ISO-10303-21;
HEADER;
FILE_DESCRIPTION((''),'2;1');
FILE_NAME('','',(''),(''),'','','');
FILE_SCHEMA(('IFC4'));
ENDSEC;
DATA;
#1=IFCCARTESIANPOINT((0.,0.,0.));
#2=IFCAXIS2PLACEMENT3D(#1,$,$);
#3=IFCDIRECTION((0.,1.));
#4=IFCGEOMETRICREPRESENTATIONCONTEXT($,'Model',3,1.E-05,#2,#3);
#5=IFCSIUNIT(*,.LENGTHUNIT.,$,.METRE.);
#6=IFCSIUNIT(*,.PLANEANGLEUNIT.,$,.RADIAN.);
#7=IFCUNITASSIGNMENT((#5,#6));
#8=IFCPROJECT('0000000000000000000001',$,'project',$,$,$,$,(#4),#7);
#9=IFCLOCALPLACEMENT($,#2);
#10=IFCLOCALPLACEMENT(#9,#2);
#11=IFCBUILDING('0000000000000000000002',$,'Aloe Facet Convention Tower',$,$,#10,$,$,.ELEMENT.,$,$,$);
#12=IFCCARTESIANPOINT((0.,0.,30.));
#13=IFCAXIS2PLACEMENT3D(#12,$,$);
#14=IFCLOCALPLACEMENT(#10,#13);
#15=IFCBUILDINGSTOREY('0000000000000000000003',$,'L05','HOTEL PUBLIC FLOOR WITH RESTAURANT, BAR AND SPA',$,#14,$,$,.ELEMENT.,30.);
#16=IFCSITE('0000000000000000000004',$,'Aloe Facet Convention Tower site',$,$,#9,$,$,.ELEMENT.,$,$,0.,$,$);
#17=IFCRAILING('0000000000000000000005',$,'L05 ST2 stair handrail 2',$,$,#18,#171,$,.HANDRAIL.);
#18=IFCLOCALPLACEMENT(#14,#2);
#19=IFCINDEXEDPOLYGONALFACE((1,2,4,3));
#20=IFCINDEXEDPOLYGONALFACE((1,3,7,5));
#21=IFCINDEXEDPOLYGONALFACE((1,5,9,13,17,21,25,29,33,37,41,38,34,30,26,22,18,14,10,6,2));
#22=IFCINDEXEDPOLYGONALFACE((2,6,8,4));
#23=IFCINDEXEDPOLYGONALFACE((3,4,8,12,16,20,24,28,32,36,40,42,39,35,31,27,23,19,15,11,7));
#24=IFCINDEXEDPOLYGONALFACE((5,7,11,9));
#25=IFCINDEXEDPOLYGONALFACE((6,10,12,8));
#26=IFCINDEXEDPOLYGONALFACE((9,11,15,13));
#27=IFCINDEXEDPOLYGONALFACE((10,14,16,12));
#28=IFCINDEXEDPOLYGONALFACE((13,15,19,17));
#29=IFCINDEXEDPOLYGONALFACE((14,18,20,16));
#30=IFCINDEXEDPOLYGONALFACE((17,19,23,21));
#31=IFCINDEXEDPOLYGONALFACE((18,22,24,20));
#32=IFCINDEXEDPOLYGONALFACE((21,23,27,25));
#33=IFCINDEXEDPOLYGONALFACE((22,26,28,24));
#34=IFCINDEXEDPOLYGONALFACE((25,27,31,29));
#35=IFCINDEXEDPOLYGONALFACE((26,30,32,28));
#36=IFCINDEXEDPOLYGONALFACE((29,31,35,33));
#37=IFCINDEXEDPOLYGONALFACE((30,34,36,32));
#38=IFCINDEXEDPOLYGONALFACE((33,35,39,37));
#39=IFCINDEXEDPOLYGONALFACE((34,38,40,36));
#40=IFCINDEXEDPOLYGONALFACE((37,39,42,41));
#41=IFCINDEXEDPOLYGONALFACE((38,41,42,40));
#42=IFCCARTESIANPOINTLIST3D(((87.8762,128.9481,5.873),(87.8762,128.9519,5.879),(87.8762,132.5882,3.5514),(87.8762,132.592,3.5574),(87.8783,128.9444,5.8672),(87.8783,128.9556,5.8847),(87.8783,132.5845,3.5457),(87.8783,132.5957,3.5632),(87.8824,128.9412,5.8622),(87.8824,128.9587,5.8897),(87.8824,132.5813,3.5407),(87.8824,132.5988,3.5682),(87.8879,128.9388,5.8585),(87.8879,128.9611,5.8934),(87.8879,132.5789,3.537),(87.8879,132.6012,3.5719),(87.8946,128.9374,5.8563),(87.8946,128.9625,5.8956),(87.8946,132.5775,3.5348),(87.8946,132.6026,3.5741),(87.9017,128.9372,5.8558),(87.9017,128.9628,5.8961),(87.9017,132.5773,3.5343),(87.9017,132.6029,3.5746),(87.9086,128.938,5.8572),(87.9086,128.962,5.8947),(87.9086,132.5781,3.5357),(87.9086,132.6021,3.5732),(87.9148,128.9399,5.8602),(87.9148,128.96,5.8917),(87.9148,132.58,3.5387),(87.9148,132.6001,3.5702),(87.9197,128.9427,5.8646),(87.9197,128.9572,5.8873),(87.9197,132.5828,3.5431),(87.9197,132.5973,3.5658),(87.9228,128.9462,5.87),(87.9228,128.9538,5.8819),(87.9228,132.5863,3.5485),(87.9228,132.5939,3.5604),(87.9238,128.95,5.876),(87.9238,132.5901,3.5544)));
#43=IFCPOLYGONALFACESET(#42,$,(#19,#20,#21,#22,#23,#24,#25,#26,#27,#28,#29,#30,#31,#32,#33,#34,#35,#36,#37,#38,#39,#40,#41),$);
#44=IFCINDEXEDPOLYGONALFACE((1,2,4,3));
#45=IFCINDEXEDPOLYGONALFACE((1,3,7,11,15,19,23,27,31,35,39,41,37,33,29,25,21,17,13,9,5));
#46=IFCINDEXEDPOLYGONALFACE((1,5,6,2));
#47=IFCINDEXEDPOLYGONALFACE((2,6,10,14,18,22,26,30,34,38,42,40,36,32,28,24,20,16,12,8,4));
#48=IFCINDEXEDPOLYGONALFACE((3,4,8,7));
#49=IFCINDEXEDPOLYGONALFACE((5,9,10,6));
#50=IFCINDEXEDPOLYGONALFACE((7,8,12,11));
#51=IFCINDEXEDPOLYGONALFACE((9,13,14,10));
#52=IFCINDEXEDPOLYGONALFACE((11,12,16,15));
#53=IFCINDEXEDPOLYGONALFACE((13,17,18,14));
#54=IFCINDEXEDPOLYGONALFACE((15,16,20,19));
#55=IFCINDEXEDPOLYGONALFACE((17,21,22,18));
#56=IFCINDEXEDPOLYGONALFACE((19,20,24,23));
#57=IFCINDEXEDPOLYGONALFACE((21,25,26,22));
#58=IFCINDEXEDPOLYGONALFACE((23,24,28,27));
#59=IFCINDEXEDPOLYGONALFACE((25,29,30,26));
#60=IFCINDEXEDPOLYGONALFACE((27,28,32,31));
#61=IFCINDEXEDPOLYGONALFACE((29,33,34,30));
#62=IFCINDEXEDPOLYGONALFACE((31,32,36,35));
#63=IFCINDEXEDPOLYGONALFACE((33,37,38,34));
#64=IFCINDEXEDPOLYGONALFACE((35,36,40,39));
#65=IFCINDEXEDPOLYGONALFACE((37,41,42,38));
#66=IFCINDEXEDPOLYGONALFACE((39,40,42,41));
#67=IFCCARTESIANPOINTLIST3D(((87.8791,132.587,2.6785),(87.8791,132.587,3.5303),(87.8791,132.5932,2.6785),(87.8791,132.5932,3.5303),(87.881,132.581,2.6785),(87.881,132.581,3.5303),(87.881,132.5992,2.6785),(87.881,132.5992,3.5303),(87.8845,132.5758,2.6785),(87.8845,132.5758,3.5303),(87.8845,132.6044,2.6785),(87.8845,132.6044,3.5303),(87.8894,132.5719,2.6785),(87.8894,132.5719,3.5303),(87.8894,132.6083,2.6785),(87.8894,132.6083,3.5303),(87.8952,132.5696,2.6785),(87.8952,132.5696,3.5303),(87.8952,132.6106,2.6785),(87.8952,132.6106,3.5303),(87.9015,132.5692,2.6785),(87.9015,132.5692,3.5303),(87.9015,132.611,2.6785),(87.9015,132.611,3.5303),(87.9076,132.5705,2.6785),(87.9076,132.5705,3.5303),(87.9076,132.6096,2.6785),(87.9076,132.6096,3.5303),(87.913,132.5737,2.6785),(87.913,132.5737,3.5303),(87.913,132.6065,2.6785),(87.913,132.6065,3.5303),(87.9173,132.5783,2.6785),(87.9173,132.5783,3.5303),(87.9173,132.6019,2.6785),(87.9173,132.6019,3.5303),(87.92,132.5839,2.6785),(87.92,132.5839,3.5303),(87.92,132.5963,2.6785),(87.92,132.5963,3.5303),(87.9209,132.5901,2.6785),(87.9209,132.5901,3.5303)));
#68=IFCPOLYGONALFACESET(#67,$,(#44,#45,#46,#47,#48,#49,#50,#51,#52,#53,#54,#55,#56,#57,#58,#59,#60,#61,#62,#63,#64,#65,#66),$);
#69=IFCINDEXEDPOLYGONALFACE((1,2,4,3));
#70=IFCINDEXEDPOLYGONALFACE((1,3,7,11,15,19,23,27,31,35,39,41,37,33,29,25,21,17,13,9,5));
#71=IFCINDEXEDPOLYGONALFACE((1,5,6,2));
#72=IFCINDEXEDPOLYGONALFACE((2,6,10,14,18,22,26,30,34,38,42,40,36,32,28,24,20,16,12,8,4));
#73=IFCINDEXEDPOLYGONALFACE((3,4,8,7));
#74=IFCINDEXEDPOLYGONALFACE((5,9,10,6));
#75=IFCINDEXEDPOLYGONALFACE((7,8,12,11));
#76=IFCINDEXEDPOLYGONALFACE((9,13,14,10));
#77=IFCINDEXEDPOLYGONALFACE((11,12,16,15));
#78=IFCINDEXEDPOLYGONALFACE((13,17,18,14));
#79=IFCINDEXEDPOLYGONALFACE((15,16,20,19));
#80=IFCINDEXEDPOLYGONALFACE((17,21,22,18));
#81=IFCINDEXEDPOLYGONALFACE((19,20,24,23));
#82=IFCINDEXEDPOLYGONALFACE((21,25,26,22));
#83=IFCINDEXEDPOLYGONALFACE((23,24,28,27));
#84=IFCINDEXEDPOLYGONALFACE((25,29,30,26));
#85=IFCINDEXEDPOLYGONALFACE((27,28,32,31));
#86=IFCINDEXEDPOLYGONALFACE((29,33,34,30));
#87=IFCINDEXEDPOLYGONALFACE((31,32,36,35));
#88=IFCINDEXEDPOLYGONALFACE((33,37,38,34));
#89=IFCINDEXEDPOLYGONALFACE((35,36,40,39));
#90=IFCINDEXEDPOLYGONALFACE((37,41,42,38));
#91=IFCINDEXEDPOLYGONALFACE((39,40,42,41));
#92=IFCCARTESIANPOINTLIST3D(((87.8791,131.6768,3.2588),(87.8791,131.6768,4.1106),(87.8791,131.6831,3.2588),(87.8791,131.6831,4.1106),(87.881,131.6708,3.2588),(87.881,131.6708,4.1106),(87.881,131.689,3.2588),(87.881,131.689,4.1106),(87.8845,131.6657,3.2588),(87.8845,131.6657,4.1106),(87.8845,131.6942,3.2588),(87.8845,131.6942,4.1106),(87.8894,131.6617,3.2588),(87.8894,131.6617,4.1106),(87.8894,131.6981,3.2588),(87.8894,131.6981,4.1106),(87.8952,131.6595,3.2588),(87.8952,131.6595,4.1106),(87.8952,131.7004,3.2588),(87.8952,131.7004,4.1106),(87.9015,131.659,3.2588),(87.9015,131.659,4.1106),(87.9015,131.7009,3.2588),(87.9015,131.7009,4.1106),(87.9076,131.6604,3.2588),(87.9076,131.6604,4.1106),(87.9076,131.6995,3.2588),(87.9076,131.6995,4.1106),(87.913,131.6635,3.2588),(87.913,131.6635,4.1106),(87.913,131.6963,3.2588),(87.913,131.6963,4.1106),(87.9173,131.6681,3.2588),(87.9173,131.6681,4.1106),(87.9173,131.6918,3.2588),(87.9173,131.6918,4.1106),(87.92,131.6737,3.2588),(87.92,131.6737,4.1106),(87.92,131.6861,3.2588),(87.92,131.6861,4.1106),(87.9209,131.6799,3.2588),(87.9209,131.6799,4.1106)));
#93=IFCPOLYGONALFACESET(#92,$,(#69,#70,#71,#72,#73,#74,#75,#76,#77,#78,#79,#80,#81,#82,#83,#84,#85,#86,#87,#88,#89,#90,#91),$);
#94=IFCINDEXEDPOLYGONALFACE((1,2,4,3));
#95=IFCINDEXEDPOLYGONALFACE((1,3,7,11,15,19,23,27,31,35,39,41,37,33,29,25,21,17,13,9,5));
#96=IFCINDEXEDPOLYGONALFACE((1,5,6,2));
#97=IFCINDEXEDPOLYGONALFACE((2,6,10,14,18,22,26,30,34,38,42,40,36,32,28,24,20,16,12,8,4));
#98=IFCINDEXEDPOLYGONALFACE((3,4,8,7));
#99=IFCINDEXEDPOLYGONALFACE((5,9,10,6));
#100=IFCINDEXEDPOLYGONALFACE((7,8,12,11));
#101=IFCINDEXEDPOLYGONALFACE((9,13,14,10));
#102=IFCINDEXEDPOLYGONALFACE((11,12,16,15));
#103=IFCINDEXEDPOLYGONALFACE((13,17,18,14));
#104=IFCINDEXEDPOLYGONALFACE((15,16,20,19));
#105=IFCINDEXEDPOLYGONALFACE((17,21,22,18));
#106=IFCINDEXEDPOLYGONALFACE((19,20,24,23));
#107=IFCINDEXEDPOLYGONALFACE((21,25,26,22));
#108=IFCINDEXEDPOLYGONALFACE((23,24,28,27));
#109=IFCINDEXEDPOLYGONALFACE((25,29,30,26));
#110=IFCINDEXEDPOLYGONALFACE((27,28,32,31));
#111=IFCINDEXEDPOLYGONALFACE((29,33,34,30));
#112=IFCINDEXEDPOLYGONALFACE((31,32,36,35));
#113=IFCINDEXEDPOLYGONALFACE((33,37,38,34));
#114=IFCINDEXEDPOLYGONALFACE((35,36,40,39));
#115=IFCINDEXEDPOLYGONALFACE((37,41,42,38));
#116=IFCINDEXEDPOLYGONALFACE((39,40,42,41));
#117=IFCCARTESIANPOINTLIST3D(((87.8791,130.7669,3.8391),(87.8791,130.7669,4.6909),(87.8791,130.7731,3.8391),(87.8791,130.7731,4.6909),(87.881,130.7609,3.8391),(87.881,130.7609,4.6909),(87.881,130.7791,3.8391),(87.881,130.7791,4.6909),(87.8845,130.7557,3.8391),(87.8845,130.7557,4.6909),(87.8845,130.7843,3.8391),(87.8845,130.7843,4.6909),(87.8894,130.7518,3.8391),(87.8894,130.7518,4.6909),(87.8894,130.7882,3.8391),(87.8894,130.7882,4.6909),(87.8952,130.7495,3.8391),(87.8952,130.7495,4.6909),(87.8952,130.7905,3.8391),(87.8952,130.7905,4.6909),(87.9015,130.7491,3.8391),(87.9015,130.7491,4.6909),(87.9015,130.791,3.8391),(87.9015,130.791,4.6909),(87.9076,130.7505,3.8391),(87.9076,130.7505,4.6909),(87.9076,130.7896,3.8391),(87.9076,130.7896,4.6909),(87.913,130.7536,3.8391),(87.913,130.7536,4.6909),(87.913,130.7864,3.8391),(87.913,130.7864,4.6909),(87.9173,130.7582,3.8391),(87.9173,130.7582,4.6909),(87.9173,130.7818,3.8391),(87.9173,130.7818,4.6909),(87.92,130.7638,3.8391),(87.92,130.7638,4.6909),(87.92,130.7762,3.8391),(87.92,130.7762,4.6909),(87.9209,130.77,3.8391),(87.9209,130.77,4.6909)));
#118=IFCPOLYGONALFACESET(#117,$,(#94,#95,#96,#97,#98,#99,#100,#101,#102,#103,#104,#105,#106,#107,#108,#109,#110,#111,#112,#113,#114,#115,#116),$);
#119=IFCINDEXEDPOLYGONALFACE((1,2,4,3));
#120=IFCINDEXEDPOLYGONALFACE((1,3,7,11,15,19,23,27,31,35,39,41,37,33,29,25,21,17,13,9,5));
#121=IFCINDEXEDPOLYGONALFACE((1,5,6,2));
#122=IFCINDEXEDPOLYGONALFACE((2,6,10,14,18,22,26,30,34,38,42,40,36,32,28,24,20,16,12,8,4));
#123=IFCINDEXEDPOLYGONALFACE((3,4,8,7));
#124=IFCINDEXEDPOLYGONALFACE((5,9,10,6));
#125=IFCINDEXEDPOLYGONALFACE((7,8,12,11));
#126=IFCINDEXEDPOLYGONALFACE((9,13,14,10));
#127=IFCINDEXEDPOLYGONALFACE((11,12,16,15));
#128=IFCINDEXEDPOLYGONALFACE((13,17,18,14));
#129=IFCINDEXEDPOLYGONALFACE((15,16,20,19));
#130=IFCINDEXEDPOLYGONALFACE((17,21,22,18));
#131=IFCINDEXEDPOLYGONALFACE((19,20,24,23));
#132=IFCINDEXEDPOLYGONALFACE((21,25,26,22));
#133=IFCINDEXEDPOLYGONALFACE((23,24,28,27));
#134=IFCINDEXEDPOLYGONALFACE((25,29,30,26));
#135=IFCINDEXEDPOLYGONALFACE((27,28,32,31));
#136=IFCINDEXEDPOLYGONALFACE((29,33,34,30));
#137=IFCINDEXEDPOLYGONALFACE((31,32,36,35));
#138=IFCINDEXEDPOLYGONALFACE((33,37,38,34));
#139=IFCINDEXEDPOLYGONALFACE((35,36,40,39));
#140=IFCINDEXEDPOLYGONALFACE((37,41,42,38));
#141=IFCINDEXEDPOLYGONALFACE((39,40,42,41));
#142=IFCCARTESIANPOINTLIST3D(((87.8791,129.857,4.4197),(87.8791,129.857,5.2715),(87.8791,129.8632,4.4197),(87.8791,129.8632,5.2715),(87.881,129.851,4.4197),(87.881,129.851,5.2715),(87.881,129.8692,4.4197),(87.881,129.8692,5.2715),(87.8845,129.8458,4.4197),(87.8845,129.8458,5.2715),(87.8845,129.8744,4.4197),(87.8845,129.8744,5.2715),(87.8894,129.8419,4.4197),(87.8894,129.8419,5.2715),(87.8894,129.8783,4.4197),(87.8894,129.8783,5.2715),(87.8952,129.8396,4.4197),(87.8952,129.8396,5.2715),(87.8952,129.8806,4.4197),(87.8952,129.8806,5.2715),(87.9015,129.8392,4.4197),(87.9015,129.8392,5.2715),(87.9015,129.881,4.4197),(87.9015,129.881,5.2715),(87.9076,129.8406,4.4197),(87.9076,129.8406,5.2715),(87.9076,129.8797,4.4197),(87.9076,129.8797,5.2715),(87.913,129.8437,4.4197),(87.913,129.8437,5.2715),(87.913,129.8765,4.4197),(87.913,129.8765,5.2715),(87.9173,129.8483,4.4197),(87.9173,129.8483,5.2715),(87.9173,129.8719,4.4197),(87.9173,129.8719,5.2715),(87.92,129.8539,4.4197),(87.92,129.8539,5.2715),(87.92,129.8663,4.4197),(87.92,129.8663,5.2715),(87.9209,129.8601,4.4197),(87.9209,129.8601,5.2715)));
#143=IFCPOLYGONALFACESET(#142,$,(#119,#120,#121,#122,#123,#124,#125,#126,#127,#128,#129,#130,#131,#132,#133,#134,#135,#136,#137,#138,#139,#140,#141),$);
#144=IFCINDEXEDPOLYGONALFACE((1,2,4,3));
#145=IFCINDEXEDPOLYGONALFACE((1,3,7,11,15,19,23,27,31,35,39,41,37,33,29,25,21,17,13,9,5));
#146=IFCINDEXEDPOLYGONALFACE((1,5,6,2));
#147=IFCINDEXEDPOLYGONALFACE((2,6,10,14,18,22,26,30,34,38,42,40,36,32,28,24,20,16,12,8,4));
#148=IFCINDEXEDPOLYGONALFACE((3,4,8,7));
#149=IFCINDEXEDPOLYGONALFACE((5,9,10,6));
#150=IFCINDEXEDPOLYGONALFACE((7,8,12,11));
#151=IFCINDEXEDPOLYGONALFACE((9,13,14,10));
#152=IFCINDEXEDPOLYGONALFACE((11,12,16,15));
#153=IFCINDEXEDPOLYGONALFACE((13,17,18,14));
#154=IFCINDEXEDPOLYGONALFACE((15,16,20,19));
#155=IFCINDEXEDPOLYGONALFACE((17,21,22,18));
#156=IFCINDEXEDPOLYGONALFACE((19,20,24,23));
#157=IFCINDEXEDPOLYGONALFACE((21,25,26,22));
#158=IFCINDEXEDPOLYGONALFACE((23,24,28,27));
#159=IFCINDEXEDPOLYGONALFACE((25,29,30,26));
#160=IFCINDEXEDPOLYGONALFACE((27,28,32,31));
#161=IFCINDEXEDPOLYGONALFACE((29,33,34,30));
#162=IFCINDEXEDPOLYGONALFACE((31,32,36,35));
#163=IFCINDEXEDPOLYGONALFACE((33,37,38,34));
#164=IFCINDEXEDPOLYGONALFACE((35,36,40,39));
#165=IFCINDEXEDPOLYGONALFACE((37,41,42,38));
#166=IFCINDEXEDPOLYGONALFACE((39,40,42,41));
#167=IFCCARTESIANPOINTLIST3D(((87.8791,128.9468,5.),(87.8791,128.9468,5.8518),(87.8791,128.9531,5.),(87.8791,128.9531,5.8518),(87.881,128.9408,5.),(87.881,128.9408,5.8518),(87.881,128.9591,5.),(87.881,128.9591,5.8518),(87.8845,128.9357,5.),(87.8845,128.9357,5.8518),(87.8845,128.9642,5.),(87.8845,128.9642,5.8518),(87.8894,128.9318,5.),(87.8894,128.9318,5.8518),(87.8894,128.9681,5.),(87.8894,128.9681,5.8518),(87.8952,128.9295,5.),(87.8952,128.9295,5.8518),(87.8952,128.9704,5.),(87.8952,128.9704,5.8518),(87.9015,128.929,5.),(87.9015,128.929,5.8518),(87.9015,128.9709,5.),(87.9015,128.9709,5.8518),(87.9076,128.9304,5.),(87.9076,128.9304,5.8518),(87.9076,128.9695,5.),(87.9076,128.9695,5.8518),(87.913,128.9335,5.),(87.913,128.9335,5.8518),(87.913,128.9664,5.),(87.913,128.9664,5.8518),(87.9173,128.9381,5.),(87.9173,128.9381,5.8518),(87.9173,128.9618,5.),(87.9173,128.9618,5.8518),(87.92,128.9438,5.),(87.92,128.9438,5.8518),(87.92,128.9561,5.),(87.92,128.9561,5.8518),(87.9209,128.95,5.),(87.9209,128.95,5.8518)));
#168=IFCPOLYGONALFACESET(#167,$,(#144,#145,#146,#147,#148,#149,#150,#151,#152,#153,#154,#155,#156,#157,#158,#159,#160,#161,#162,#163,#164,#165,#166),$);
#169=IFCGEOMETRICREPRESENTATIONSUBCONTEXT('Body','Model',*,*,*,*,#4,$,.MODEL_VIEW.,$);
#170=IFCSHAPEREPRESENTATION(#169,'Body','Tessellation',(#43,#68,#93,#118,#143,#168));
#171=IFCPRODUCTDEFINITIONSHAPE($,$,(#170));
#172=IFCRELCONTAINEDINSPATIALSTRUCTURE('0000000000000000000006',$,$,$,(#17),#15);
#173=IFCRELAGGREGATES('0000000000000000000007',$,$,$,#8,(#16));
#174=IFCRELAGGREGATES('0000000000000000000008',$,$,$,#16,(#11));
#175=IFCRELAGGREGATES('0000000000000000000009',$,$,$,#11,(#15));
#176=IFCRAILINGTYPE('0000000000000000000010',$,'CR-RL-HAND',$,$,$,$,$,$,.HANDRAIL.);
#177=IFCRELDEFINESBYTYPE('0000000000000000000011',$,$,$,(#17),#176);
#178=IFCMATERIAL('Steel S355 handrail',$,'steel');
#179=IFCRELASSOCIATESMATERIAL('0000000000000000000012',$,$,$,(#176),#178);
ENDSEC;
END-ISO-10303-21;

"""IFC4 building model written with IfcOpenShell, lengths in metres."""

from ifc_helpers import new_model, si_unit, direction, frame, origin, origin_2d, place, context, subcontext, project, spatial, circle, extrude, material, type_object, element, save


model = new_model("IFC4")

# Units and contexts
model_context = context("Model", 3, precision=1e-05, world=origin(), true_north=direction((0.0, 1.0)))
body_context = subcontext(model_context, "Body", "Model", "MODEL_VIEW")
ifc_project = project(units=[si_unit("LENGTHUNIT", "METRE"), si_unit("PLANEANGLEUNIT", "RADIAN")], contexts=[model_context])

# Site, building, storey
site_placement = place(None, origin())
site = spatial("IfcSite", under=ifc_project, at=site_placement, Name="Aloe Facet Convention Tower site", CompositionType="ELEMENT", RefElevation=0.0)
building_placement = place(site_placement, origin())
building = spatial("IfcBuilding", under=site, at=building_placement, Name="Aloe Facet Convention Tower", CompositionType="ELEMENT")
storey_placement = place(building_placement, frame((0.0, 0.0, 30.0)))
storey = spatial("IfcBuildingStorey", under=building, at=storey_placement, Name="L05", Description="HOTEL PUBLIC FLOOR WITH RESTAURANT, BAR AND SPA", CompositionType="ELEMENT", Elevation=30.0)

# Railing
ifc_material_1 = material(Name="Steel S355 handrail", Category="steel")
railing_type = type_object("IfcRailingType", Name="CR-RL-HAND", PredefinedType="HANDRAIL", material=ifc_material_1)
railing_placement = place(storey_placement, frame((87.8999, 132.5901, 2.6785)))
element("IfcRailing", 1, at=railing_placement, inside=storey, type_object=railing_type, Name="L05 ST2 stair handrail 2", PredefinedType="HANDRAIL", context=body_context, shape_type="SweptSolid", body=[
    extrude(circle(Radius=0.0239, at=origin_2d()), frame((0.0, 0.0, 0.876), z_axis=(0.0, -0.843128, 0.537713), x_axis=(1.0, 0.0, 0.0)), (0.0, 0.0, 1.0), 4.3174),
    extrude(circle(Radius=0.021, at=origin_2d()), origin(), (0.0, 0.0, 1.0), 0.8518),
    extrude(circle(Radius=0.021, at=origin_2d()), frame((0.0, -0.9102, 0.5803)), (0.0, 0.0, 1.0), 0.8518),
    extrude(circle(Radius=0.021, at=origin_2d()), frame((0.0, -1.8201, 1.1606)), (0.0, 0.0, 1.0), 0.8518),
    extrude(circle(Radius=0.021, at=origin_2d()), frame((0.0, -2.73, 1.7412)), (0.0, 0.0, 1.0), 0.8518),
    extrude(circle(Radius=0.021, at=origin_2d()), frame((0.0, -3.6401, 2.3215)), (0.0, 0.0, 1.0), 0.8518),
])

save(model, "model.ifc")
